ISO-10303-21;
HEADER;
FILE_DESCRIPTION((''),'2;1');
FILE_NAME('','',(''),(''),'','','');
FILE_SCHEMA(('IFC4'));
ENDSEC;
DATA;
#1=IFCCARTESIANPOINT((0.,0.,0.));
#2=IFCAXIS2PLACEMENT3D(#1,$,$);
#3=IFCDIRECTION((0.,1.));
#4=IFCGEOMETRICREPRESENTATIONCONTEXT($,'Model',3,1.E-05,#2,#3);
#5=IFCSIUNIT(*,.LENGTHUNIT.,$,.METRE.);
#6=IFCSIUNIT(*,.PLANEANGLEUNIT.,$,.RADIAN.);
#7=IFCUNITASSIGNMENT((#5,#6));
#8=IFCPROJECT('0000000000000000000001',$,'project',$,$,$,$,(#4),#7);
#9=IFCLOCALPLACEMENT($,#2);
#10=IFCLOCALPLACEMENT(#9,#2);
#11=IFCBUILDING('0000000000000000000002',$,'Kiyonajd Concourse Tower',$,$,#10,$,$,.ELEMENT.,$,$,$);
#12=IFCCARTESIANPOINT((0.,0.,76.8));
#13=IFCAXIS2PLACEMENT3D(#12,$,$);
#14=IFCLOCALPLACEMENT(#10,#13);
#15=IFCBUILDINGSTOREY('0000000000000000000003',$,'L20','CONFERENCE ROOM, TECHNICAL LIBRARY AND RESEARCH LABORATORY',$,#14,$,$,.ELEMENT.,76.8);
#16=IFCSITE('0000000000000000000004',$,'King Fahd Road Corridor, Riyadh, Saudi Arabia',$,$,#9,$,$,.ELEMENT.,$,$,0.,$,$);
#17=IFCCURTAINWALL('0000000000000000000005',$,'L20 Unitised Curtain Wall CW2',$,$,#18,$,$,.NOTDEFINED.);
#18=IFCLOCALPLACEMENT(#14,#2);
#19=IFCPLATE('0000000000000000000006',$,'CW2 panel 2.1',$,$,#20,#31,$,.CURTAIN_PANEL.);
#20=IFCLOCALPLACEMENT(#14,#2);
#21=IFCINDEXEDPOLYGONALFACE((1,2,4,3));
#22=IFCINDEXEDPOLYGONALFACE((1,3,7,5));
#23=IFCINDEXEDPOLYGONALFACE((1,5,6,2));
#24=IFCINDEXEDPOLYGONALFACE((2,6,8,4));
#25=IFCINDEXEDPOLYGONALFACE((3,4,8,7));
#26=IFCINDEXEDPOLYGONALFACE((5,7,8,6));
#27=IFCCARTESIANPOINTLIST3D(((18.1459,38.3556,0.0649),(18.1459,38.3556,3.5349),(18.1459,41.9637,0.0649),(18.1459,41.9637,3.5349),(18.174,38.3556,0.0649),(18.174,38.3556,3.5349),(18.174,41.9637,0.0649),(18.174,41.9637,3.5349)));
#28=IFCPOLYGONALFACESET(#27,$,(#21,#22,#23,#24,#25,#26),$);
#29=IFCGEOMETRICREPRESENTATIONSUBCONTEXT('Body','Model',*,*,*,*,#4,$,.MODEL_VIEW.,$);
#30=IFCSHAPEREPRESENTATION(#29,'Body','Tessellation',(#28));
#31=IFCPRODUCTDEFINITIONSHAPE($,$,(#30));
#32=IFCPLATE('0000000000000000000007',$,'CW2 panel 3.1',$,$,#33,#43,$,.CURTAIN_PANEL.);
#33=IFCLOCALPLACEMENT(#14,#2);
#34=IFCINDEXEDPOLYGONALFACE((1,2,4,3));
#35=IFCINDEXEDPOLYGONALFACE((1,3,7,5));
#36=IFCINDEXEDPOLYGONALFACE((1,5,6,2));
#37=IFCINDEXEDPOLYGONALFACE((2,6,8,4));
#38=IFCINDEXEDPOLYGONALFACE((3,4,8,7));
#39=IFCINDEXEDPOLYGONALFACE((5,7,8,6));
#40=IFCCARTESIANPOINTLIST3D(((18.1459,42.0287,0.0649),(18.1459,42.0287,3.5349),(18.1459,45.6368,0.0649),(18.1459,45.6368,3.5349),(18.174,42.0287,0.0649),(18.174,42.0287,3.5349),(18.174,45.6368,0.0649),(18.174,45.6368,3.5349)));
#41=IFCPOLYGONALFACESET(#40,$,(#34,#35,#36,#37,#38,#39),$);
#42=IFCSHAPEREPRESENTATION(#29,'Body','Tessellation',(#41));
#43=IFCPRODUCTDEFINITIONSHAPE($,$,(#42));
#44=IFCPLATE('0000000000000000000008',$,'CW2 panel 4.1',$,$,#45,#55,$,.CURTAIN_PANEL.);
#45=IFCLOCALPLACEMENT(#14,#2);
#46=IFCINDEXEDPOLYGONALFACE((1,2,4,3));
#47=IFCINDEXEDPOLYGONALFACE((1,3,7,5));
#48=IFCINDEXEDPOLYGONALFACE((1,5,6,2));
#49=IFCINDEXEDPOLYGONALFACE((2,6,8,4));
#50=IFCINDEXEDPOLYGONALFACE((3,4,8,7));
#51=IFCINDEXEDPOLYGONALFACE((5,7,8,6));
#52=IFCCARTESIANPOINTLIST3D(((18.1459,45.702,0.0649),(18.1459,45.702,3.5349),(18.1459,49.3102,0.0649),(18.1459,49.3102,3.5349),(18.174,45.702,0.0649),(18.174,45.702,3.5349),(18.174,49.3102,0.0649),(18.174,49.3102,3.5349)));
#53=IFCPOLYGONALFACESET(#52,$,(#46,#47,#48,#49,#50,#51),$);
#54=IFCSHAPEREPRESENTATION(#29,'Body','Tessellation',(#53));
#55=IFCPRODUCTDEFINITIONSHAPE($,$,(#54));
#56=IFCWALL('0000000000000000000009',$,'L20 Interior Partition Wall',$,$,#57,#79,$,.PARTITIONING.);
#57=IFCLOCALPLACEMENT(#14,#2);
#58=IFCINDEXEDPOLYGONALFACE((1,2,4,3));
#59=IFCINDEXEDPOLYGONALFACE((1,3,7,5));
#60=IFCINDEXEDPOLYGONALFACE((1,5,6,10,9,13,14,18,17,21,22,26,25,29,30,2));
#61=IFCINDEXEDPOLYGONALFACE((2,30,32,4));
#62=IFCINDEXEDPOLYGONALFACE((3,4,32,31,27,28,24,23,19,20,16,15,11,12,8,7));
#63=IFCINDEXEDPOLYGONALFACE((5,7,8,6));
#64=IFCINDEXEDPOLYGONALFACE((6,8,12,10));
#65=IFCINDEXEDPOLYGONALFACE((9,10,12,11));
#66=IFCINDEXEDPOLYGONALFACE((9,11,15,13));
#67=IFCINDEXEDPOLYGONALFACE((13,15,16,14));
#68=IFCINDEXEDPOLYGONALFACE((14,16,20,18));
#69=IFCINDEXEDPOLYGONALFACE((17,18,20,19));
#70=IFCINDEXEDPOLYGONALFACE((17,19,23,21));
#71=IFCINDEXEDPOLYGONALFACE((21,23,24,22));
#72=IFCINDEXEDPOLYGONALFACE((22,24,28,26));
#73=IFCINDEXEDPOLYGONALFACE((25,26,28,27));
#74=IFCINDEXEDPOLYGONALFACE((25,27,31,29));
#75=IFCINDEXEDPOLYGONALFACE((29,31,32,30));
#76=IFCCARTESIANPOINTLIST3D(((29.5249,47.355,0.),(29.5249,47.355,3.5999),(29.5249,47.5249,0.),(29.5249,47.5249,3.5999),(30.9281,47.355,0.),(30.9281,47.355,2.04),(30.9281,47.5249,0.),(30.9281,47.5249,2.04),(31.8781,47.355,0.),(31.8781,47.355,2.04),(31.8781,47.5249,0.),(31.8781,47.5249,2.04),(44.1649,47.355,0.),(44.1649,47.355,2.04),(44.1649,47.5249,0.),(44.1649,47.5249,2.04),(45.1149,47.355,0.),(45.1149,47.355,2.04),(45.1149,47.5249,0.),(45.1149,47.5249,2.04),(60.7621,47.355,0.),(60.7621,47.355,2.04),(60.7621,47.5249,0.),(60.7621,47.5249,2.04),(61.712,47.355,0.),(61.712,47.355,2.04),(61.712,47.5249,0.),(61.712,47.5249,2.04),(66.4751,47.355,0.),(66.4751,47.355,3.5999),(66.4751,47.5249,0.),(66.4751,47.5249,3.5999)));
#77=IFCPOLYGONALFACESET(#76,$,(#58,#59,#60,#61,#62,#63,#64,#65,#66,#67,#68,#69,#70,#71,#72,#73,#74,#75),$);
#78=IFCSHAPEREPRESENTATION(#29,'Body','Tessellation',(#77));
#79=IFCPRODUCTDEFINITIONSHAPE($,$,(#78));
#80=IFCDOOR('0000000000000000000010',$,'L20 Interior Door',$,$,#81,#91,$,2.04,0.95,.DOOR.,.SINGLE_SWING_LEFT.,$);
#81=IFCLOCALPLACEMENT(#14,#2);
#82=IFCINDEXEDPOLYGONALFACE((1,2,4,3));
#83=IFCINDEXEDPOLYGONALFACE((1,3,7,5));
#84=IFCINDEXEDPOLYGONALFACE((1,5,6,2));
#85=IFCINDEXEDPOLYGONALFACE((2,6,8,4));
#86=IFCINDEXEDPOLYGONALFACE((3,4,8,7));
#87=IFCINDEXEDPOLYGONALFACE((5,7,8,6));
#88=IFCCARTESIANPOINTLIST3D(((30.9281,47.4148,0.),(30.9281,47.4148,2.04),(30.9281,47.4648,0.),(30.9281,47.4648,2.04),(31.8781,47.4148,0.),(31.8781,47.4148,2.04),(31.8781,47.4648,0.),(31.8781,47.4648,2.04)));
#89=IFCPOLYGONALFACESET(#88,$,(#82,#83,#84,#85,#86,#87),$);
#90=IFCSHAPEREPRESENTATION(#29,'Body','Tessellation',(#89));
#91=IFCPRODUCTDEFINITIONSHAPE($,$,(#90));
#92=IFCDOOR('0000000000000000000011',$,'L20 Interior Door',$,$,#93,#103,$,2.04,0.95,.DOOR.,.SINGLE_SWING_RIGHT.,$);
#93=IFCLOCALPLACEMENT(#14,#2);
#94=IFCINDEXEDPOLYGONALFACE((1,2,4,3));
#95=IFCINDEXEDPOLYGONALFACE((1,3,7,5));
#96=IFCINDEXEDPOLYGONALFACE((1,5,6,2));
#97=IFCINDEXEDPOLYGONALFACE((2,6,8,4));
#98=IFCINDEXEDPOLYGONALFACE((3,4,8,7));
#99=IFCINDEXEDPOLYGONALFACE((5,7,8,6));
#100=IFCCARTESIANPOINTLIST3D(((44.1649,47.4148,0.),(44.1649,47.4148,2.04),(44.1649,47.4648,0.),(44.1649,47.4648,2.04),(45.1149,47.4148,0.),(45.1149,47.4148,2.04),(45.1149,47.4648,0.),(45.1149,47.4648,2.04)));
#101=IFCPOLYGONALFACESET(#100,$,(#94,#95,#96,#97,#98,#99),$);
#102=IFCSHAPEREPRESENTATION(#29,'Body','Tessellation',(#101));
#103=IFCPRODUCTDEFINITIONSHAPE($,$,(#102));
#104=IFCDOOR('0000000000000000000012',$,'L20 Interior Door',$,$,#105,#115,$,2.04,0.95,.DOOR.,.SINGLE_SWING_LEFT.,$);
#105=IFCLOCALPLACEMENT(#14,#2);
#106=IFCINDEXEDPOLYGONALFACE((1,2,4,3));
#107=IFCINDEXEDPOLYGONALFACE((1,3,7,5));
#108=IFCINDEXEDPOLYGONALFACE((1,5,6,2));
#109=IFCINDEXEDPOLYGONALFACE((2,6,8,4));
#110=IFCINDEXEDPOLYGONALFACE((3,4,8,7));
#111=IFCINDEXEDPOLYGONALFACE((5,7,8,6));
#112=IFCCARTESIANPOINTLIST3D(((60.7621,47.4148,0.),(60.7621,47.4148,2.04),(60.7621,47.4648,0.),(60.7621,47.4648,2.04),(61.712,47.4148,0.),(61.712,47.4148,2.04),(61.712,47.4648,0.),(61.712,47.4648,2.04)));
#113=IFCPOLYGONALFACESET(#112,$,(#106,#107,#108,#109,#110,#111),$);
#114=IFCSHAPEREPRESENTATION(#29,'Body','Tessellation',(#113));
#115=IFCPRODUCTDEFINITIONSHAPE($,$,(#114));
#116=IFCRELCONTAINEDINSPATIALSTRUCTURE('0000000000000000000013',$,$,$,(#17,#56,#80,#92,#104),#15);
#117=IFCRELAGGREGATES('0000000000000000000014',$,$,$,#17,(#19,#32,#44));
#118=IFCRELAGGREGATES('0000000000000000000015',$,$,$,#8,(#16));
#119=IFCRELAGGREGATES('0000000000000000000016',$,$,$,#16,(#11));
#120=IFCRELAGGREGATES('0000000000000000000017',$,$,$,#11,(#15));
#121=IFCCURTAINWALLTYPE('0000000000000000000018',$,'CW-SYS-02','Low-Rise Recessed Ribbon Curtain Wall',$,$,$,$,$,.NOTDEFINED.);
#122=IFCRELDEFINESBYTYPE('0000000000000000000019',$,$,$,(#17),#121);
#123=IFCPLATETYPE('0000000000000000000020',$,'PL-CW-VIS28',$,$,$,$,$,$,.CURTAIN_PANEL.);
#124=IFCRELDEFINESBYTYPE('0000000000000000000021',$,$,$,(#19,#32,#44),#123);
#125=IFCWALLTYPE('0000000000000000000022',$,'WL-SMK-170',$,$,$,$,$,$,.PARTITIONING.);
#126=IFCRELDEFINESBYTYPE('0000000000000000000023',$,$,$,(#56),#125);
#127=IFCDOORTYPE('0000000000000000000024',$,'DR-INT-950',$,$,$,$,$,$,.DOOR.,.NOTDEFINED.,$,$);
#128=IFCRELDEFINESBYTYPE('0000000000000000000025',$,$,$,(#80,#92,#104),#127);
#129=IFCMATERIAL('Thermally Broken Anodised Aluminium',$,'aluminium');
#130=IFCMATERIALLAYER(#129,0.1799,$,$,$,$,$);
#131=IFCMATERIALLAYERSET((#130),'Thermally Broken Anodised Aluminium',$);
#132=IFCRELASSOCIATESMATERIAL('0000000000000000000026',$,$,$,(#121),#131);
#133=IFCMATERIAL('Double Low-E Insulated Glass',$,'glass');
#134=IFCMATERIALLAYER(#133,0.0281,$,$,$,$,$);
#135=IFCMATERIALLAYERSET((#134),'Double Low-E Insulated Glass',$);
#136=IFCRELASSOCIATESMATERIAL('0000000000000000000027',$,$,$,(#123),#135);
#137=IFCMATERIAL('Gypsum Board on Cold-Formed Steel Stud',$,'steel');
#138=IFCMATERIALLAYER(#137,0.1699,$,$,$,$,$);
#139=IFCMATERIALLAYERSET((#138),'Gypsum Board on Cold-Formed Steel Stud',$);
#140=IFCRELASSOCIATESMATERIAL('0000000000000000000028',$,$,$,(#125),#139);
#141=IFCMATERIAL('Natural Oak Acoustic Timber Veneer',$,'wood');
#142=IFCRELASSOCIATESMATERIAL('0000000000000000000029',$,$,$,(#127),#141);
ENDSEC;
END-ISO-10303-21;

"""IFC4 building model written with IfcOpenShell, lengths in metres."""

from ifc_helpers import new_model, si_unit, direction, frame, frame_2d, origin, origin_2d, place, context, subcontext, project, spatial, rectangle, extrude, material, layer, layer_set, type_object, element, fill, aggregate, save


model = new_model("IFC4")

# Units and contexts
model_context = context("Model", 3, precision=1e-05, world=origin(), true_north=direction((0.0, 1.0)))
body_context = subcontext(model_context, "Body", "Model", "MODEL_VIEW")
ifc_project = project(units=[si_unit("LENGTHUNIT", "METRE"), si_unit("PLANEANGLEUNIT", "RADIAN")], contexts=[model_context])

# Site, building, storey
site_placement = place(None, origin())
site = spatial("IfcSite", under=ifc_project, at=site_placement, Name="King Fahd Road Corridor, Riyadh, Saudi Arabia", CompositionType="ELEMENT", RefElevation=0.0)
building_placement = place(site_placement, origin())
building = spatial("IfcBuilding", under=site, at=building_placement, Name="Kiyonajd Concourse Tower", CompositionType="ELEMENT")
storey_placement = place(building_placement, frame((0.0, 0.0, 76.8)))
storey = spatial("IfcBuildingStorey", under=building, at=storey_placement, Name="L20", Description="CONFERENCE ROOM, TECHNICAL LIBRARY AND RESEARCH LABORATORY", CompositionType="ELEMENT", Elevation=76.8)

# Curtain wall
ifc_material_1 = material(Name="Thermally Broken Anodised Aluminium", Category="aluminium")
ifc_layer_1 = layer(ifc_material_1, 0.1799)
ifc_layer_set_1 = layer_set([ifc_layer_1], Name="Thermally Broken Anodised Aluminium")
curtain_wall_type = type_object("IfcCurtainWallType", Name="CW-SYS-02", Description="Low-Rise Recessed Ribbon Curtain Wall", PredefinedType="NOTDEFINED", material=ifc_layer_set_1)
curtain_wall_placement = place(storey_placement, origin())
curtain_wall = element("IfcCurtainWall", 1, at=curtain_wall_placement, inside=storey, type_object=curtain_wall_type, Name="L20 Unitised Curtain Wall CW2", PredefinedType="NOTDEFINED")

# Plates
ifc_material_2 = material(Name="Double Low-E Insulated Glass", Category="glass")
ifc_layer_2 = layer(ifc_material_2, 0.0281)
ifc_layer_set_2 = layer_set([ifc_layer_2], Name="Double Low-E Insulated Glass")
plate_type_1 = type_object("IfcPlateType", Name="PL-CW-VIS28", PredefinedType="CURTAIN_PANEL", material=ifc_layer_set_2)
plate_1_placement = place(storey_placement, frame((18.1599, 40.1597, 0.0649), z_axis=(0.0, 0.0, 1.0), x_axis=(0.0, 1.0, 0.0)))
plate_1 = element("IfcPlate", 2, at=plate_1_placement, type_object=plate_type_1, Name="CW2 panel 2.1", PredefinedType="CURTAIN_PANEL", context=body_context, shape_type="SweptSolid", body=[
    extrude(rectangle(XDim=3.6082, YDim=0.0281, at=origin_2d()), origin(), (0.0, 0.0, 1.0), 3.47),
])
plate_2_placement = place(storey_placement, frame((18.1599, 43.8328, 0.0649), z_axis=(0.0, 0.0, 1.0), x_axis=(0.0, 1.0, 0.0)))
plate_2 = element("IfcPlate", 3, at=plate_2_placement, type_object=plate_type_1, Name="CW2 panel 3.1", PredefinedType="CURTAIN_PANEL", context=body_context, shape_type="SweptSolid", body=[
    extrude(rectangle(XDim=3.6082, YDim=0.0281, at=origin_2d()), origin(), (0.0, 0.0, 1.0), 3.47),
])
plate_3_placement = place(storey_placement, frame((18.1599, 47.5061, 0.0649), z_axis=(0.0, 0.0, 1.0), x_axis=(0.0, 1.0, 0.0)))
plate_3 = element("IfcPlate", 4, at=plate_3_placement, type_object=plate_type_1, Name="CW2 panel 4.1", PredefinedType="CURTAIN_PANEL", context=body_context, shape_type="SweptSolid", body=[
    extrude(rectangle(XDim=3.6082, YDim=0.0281, at=origin_2d()), origin(), (0.0, 0.0, 1.0), 3.47),
])
aggregate(curtain_wall, [plate_1, plate_2, plate_3])

# Wall, openings, doors
ifc_material_3 = material(Name="Gypsum Board on Cold-Formed Steel Stud", Category="steel")
ifc_layer_3 = layer(ifc_material_3, 0.1699)
ifc_layer_set_3 = layer_set([ifc_layer_3], Name="Gypsum Board on Cold-Formed Steel Stud")
wall_type = type_object("IfcWallType", Name="WL-SMK-170", PredefinedType="PARTITIONING", material=ifc_layer_set_3)
wall_placement = place(storey_placement, frame((29.5249, 47.4399, 0.0), z_axis=(0.0, 0.0, 1.0), x_axis=(1.0, 0.0, 0.0)))
wall = element("IfcWall", 5, at=wall_placement, inside=storey, type_object=wall_type, Name="L20 Interior Partition Wall", PredefinedType="PARTITIONING", context=body_context, shape_type="SweptSolid", body=[
    extrude(rectangle(XDim=36.9502, YDim=0.1699, at=frame_2d((18.4751, 0.0))), origin(), (0.0, 0.0, 1.0), 3.5999),
])
opening_1_placement = place(wall_placement, frame((1.4031, 0.0, 0.0)))
opening_1 = element("IfcOpeningElement", 6, at=opening_1_placement, cuts=wall, PredefinedType="OPENING", context=body_context, shape_type="SweptSolid", body=[
    extrude(rectangle(XDim=0.95, YDim=2.04, at=frame_2d((0.4751, 1.02))), frame((0.0, 0.095, 0.0), z_axis=(0.0, -1.0, 0.0), x_axis=(1.0, 0.0, 0.0)), (0.0, 0.0, 1.0), 0.1899),
])
opening_2_placement = place(wall_placement, frame((14.6399, 0.0, 0.0)))
opening_2 = element("IfcOpeningElement", 7, at=opening_2_placement, cuts=wall, PredefinedType="OPENING", context=body_context, shape_type="SweptSolid", body=[
    extrude(rectangle(XDim=0.95, YDim=2.04, at=frame_2d((0.4751, 1.02))), frame((0.0, 0.095, 0.0), z_axis=(0.0, -1.0, 0.0), x_axis=(1.0, 0.0, 0.0)), (0.0, 0.0, 1.0), 0.1899),
])
opening_3_placement = place(wall_placement, frame((31.2371, 0.0, 0.0)))
opening_3 = element("IfcOpeningElement", 8, at=opening_3_placement, cuts=wall, PredefinedType="OPENING", context=body_context, shape_type="SweptSolid", body=[
    extrude(rectangle(XDim=0.95, YDim=2.04, at=frame_2d((0.4751, 1.02))), frame((0.0, 0.095, 0.0), z_axis=(0.0, -1.0, 0.0), x_axis=(1.0, 0.0, 0.0)), (0.0, 0.0, 1.0), 0.1899),
])
ifc_material_4 = material(Name="Natural Oak Acoustic Timber Veneer", Category="wood")
door_type = type_object("IfcDoorType", Name="DR-INT-950", OperationType="NOTDEFINED", PredefinedType="DOOR", material=ifc_material_4)
door_1_placement = place(opening_1_placement, origin())
door_1 = element("IfcDoor", 9, at=door_1_placement, inside=storey, type_object=door_type, Name="L20 Interior Door", OperationType="SINGLE_SWING_LEFT", OverallHeight=2.04, OverallWidth=0.95, PredefinedType="DOOR", context=body_context, shape_type="SweptSolid", body=[
    extrude(rectangle(XDim=0.95, YDim=2.04, at=frame_2d((0.4751, 1.02))), frame((0.0, 0.0249, 0.0), z_axis=(0.0, -1.0, 0.0), x_axis=(1.0, 0.0, 0.0)), (0.0, 0.0, 1.0), 0.05),
])
fill(opening_1, door_1)
door_2_placement = place(opening_2_placement, origin())
door_2 = element("IfcDoor", 10, at=door_2_placement, inside=storey, type_object=door_type, Name="L20 Interior Door", OperationType="SINGLE_SWING_RIGHT", OverallHeight=2.04, OverallWidth=0.95, PredefinedType="DOOR", context=body_context, shape_type="SweptSolid", body=[
    extrude(rectangle(XDim=0.95, YDim=2.04, at=frame_2d((0.4751, 1.02))), frame((0.0, 0.0249, 0.0), z_axis=(0.0, -1.0, 0.0), x_axis=(1.0, 0.0, 0.0)), (0.0, 0.0, 1.0), 0.05),
])
fill(opening_2, door_2)
door_3_placement = place(opening_3_placement, origin())
door_3 = element("IfcDoor", 11, at=door_3_placement, inside=storey, type_object=door_type, Name="L20 Interior Door", OperationType="SINGLE_SWING_LEFT", OverallHeight=2.04, OverallWidth=0.95, PredefinedType="DOOR", context=body_context, shape_type="SweptSolid", body=[
    extrude(rectangle(XDim=0.95, YDim=2.04, at=frame_2d((0.4751, 1.02))), frame((0.0, 0.0249, 0.0), z_axis=(0.0, -1.0, 0.0), x_axis=(1.0, 0.0, 0.0)), (0.0, 0.0, 1.0), 0.05),
])
fill(opening_3, door_3)

save(model, "model.ifc")
